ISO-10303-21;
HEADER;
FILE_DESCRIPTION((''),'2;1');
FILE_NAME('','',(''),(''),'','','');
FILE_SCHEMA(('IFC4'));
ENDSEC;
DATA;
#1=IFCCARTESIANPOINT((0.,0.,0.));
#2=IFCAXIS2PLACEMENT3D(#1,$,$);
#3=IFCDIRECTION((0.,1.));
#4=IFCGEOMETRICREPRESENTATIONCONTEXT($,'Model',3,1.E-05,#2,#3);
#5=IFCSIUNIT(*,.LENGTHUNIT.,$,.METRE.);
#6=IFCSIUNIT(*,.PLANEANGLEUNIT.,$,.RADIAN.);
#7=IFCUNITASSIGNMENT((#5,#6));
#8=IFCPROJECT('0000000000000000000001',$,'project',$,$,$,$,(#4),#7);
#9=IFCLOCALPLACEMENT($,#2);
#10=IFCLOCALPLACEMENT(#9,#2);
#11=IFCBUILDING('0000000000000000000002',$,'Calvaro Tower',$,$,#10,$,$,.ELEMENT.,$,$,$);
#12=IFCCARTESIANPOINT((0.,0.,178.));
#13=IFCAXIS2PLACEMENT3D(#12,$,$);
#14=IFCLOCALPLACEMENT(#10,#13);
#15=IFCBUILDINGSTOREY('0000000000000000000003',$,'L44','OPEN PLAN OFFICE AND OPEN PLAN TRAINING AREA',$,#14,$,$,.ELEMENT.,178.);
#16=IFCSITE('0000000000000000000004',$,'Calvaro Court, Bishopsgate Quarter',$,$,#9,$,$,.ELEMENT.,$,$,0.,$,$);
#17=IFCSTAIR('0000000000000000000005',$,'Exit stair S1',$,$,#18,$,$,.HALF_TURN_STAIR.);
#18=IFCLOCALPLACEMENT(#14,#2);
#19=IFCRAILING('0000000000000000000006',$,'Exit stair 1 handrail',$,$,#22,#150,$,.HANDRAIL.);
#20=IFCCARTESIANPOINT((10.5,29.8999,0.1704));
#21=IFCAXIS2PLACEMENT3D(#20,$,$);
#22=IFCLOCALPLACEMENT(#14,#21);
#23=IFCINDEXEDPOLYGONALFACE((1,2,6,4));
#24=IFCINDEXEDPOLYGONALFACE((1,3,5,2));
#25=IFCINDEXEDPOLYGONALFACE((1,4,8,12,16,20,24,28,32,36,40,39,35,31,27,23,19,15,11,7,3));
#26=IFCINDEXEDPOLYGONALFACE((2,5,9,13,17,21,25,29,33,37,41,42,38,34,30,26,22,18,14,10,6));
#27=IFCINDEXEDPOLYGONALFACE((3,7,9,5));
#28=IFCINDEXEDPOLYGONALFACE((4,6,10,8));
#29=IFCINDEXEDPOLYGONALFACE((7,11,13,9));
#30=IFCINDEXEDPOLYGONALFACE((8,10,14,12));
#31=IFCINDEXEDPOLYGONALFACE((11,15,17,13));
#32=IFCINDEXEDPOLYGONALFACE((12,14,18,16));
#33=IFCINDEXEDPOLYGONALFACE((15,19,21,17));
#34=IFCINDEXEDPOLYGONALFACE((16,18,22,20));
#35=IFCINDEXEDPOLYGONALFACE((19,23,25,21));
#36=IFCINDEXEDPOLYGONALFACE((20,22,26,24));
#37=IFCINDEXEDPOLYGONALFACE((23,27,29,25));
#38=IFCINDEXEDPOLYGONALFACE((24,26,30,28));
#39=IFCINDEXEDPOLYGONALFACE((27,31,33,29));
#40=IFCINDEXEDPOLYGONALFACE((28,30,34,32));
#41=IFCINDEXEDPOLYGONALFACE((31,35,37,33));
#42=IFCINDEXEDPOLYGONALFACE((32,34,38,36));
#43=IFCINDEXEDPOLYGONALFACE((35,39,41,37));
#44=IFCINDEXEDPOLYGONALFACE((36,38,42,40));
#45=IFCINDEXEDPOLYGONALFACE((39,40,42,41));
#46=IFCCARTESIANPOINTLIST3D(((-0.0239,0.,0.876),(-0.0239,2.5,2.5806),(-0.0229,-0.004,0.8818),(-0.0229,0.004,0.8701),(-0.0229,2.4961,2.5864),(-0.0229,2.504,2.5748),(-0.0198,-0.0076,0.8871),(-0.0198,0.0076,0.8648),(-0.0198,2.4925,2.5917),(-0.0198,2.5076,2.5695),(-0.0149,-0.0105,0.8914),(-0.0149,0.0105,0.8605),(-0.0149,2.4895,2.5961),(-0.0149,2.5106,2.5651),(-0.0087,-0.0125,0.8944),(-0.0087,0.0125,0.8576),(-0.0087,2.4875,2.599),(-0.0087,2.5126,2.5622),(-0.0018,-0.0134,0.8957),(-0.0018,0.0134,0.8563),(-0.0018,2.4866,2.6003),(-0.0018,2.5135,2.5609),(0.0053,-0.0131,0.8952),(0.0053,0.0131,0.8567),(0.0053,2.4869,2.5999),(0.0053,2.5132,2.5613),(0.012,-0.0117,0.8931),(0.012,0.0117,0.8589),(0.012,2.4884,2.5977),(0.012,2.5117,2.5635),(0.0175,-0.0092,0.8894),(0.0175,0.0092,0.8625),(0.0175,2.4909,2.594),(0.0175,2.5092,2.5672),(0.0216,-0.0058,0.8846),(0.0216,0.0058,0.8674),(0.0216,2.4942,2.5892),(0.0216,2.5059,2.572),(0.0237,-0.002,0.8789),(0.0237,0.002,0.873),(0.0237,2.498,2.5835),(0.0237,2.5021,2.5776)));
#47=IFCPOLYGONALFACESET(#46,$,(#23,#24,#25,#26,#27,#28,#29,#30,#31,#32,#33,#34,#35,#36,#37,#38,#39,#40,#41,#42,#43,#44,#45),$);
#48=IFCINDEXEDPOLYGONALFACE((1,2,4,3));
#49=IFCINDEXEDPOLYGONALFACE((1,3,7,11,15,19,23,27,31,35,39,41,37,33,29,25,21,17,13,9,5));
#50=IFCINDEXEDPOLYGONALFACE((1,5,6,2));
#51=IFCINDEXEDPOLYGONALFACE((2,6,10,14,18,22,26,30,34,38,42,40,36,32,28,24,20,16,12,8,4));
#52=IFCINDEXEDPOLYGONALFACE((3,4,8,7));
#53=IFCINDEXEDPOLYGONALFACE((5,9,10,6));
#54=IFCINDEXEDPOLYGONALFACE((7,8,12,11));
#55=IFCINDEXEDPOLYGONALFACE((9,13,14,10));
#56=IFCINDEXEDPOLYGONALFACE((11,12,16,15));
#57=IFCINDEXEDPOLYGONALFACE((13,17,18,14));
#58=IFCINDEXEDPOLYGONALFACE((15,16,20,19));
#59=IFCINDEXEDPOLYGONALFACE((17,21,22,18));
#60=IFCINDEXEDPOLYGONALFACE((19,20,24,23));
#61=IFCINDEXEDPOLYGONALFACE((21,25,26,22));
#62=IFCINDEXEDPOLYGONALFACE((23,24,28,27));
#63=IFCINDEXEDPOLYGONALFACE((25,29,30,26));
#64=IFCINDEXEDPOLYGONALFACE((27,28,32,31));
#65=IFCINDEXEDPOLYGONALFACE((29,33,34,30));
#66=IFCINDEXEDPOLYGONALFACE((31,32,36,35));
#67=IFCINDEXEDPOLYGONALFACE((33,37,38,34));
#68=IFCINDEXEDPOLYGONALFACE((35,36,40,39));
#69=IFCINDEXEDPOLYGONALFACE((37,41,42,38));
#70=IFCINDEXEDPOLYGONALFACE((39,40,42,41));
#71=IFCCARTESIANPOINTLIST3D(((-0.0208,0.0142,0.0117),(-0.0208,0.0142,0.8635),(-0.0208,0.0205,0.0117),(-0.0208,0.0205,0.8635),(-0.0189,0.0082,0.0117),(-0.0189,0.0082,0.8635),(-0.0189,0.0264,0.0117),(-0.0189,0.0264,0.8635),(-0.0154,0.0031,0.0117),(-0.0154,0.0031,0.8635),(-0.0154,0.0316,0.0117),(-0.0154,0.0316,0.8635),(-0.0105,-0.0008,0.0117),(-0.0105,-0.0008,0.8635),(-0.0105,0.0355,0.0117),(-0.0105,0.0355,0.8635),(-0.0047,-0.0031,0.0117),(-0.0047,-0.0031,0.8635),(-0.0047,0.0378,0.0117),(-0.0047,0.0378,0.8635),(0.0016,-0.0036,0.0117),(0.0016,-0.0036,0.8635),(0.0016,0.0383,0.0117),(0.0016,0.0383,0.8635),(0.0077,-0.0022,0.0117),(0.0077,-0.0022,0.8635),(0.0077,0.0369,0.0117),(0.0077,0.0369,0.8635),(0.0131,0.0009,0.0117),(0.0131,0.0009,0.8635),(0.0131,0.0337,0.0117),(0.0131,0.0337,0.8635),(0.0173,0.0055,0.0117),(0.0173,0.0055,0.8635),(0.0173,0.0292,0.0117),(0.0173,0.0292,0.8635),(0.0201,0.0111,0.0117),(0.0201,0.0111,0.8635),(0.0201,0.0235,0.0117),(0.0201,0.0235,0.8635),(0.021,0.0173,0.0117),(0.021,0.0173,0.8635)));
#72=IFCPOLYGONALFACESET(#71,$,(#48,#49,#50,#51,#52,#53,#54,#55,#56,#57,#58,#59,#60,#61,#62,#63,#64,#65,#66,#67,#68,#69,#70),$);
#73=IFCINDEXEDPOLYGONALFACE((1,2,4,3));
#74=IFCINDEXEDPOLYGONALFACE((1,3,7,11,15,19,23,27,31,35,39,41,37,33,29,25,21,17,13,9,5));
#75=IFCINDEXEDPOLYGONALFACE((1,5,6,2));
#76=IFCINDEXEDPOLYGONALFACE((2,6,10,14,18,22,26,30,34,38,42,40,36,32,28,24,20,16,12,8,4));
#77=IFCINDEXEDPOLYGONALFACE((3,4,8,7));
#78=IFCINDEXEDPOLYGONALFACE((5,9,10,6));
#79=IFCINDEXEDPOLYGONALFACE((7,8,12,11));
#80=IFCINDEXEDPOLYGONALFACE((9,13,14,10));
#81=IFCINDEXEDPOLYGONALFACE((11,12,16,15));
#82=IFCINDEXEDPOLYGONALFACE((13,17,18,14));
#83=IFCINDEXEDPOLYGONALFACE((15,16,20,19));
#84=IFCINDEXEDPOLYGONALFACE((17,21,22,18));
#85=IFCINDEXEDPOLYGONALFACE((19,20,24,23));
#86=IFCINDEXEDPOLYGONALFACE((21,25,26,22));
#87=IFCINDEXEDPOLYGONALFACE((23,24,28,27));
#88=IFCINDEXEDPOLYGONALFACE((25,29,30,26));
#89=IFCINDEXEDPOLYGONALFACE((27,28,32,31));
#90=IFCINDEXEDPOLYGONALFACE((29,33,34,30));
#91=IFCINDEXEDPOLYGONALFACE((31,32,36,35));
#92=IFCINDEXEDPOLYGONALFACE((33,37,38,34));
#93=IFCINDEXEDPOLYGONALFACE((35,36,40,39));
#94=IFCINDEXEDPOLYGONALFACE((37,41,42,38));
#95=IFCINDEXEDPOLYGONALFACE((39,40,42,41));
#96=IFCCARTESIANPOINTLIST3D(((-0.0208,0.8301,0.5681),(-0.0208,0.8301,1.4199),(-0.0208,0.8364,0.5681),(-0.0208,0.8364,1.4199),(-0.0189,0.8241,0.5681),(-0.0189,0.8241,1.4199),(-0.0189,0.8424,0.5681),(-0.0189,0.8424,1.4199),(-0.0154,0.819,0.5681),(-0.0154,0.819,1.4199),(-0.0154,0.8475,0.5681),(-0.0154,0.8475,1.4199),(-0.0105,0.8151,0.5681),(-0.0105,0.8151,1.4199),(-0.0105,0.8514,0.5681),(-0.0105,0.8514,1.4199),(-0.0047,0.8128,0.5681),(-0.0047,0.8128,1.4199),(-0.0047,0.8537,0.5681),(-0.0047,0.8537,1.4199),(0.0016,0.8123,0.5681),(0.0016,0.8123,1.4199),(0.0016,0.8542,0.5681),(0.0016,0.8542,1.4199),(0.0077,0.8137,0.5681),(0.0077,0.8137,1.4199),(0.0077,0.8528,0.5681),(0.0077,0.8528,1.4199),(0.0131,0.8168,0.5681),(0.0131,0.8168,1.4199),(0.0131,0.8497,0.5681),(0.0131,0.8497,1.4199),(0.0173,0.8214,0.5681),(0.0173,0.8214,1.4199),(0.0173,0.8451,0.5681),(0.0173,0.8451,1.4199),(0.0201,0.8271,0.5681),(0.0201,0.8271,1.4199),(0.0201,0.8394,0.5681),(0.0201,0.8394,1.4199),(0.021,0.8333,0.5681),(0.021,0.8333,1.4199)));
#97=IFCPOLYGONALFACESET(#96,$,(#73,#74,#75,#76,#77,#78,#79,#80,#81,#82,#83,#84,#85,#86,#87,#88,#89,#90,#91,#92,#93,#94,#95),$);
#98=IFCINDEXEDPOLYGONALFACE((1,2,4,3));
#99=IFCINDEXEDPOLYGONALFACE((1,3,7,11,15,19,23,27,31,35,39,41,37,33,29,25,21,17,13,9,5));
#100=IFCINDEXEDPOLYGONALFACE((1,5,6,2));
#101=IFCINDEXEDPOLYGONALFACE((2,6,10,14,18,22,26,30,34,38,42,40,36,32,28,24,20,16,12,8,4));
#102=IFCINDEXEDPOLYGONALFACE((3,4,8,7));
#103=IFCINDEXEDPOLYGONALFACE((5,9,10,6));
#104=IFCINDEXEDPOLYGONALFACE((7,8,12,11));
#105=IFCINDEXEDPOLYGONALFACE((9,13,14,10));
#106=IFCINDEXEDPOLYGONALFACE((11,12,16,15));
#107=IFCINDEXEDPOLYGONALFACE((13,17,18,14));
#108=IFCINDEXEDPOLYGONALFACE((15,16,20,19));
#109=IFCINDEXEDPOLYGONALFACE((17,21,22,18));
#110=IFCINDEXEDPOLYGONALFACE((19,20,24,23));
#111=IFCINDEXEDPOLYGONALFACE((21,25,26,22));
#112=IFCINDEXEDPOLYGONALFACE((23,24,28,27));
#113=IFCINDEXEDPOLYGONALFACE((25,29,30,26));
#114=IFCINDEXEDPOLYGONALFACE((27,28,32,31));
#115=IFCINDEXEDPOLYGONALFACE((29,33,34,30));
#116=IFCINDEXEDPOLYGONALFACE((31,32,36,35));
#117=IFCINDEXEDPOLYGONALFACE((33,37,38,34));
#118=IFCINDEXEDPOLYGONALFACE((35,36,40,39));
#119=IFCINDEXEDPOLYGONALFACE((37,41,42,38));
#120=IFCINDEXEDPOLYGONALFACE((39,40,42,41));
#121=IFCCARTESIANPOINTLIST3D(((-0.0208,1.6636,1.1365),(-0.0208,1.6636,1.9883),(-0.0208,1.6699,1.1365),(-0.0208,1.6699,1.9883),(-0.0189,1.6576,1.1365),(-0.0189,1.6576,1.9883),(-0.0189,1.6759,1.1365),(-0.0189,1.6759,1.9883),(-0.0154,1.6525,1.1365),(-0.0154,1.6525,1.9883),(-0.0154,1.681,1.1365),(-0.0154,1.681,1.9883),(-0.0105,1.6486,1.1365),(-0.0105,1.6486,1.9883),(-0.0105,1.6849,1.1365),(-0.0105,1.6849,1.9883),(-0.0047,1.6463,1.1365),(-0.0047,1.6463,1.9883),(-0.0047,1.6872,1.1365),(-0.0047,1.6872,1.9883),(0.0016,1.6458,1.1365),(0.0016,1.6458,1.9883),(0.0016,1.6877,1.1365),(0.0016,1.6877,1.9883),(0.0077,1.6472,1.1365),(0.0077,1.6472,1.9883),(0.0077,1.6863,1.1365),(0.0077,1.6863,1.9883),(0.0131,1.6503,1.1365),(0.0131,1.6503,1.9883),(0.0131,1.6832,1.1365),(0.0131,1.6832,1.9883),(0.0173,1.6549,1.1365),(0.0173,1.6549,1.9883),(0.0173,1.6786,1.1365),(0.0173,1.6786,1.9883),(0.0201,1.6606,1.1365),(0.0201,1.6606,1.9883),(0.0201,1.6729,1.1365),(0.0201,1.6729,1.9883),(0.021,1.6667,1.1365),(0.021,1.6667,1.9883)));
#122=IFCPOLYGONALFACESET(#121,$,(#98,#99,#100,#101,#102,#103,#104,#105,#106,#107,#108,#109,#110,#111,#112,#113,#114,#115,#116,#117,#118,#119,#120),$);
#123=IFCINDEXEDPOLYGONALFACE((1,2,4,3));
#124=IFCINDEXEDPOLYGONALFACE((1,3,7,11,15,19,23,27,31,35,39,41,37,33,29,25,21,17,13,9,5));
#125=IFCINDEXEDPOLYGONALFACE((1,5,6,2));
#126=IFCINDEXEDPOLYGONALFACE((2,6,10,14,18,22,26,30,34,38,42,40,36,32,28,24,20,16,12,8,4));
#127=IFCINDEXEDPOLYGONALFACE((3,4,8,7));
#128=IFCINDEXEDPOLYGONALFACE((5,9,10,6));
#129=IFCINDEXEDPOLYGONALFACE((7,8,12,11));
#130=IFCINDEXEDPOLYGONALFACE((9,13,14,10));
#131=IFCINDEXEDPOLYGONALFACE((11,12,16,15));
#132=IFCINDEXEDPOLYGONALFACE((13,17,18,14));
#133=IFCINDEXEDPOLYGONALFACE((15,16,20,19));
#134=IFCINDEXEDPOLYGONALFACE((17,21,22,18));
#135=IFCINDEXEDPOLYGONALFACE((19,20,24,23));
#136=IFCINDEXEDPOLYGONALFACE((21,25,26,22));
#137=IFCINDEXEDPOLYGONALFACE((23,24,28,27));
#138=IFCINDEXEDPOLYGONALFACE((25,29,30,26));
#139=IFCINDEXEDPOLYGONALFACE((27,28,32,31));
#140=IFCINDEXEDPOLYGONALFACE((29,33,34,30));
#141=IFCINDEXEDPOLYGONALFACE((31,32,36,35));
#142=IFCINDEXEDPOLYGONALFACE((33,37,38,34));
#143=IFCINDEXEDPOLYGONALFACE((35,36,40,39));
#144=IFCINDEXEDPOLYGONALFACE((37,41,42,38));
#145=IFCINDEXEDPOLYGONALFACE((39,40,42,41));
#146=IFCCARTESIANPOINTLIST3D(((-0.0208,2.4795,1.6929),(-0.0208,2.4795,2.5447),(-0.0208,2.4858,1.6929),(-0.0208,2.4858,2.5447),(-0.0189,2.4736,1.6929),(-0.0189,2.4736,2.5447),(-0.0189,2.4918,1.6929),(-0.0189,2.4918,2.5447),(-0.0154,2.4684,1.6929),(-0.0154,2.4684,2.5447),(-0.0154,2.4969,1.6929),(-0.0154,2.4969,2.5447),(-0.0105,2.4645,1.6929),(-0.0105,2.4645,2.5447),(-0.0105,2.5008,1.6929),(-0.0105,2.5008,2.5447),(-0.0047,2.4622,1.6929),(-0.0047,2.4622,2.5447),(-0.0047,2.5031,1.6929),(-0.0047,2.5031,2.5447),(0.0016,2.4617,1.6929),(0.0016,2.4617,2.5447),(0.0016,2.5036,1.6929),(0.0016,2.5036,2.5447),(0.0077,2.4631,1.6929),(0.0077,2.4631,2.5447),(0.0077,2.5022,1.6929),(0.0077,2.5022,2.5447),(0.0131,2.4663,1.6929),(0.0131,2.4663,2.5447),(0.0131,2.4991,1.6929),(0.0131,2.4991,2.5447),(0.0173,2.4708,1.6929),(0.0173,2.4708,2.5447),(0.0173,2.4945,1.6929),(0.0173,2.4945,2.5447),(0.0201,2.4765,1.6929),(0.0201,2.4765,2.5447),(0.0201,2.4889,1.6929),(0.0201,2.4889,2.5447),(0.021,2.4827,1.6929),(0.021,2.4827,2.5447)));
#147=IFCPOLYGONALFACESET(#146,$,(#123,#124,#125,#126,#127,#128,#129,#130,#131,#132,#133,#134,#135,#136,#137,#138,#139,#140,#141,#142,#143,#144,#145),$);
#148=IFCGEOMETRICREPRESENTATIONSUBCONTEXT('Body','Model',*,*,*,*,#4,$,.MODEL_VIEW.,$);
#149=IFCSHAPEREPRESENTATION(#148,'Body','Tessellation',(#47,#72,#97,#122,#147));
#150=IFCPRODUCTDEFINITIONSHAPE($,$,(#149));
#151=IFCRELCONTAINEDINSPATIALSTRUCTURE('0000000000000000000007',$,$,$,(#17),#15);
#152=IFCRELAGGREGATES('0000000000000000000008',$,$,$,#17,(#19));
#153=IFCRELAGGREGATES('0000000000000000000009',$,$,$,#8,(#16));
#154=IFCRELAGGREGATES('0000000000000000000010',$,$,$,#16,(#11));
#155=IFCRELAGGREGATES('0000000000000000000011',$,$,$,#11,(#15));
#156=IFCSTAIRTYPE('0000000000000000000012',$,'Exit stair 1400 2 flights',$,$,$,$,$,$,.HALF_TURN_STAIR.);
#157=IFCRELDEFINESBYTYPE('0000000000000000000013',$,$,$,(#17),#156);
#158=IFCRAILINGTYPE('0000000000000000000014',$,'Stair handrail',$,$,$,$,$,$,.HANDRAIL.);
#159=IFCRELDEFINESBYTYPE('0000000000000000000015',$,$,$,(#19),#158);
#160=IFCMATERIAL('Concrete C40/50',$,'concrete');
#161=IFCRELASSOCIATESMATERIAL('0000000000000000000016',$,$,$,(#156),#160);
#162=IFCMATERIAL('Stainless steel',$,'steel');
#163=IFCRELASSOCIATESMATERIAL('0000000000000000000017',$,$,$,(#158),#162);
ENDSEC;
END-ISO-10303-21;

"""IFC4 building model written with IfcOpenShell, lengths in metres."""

from ifc_helpers import new_model, si_unit, direction, frame, origin, origin_2d, place, context, subcontext, project, spatial, circle, extrude, material, type_object, element, aggregate, save


model = new_model("IFC4")

# Units and contexts
model_context = context("Model", 3, precision=1e-05, world=origin(), true_north=direction((0.0, 1.0)))
body_context = subcontext(model_context, "Body", "Model", "MODEL_VIEW")
ifc_project = project(units=[si_unit("LENGTHUNIT", "METRE"), si_unit("PLANEANGLEUNIT", "RADIAN")], contexts=[model_context])

# Site, building, storey
site_placement = place(None, origin())
site = spatial("IfcSite", under=ifc_project, at=site_placement, Name="Calvaro Court, Bishopsgate Quarter", CompositionType="ELEMENT", RefElevation=0.0)
building_placement = place(site_placement, origin())
building = spatial("IfcBuilding", under=site, at=building_placement, Name="Calvaro Tower", CompositionType="ELEMENT")
storey_placement = place(building_placement, frame((0.0, 0.0, 178.0)))
storey = spatial("IfcBuildingStorey", under=building, at=storey_placement, Name="L44", Description="OPEN PLAN OFFICE AND OPEN PLAN TRAINING AREA", CompositionType="ELEMENT", Elevation=178.0)

# Stair, railing
ifc_material_1 = material(Name="Concrete C40/50", Category="concrete")
stair_type = type_object("IfcStairType", Name="Exit stair 1400 2 flights", PredefinedType="HALF_TURN_STAIR", material=ifc_material_1)
stair_placement = place(storey_placement, origin())
stair = element("IfcStair", 1, at=stair_placement, inside=storey, type_object=stair_type, Name="Exit stair S1", PredefinedType="HALF_TURN_STAIR")
ifc_material_2 = material(Name="Stainless steel", Category="steel")
railing_type = type_object("IfcRailingType", Name="Stair handrail", PredefinedType="HANDRAIL", material=ifc_material_2)
railing_1_placement = place(storey_placement, frame((10.5, 29.8999, 0.1704)))
railing_1 = element("IfcRailing", 2, at=railing_1_placement, type_object=railing_type, Name="Exit stair 1 handrail", PredefinedType="HANDRAIL", context=body_context, shape_type="SweptSolid", body=[
    extrude(circle(Radius=0.0239, at=origin_2d()), frame((0.0, 0.0, 0.876), z_axis=(0.0, 0.826221, 0.563347), x_axis=(-1.0, 0.0, 0.0)), (0.0, 0.0, 1.0), 3.0259),
    extrude(circle(Radius=0.021, at=origin_2d()), frame((0.0, 0.0173, 0.0117)), (0.0, 0.0, 1.0), 0.8518),
    extrude(circle(Radius=0.021, at=origin_2d()), frame((0.0, 0.8333, 0.5681)), (0.0, 0.0, 1.0), 0.8518),
    extrude(circle(Radius=0.021, at=origin_2d()), frame((0.0, 1.6667, 1.1365)), (0.0, 0.0, 1.0), 0.8518),
    extrude(circle(Radius=0.021, at=origin_2d()), frame((0.0, 2.4827, 1.6929)), (0.0, 0.0, 1.0), 0.8518),
])
aggregate(stair, [railing_1])

save(model, "model.ifc")
